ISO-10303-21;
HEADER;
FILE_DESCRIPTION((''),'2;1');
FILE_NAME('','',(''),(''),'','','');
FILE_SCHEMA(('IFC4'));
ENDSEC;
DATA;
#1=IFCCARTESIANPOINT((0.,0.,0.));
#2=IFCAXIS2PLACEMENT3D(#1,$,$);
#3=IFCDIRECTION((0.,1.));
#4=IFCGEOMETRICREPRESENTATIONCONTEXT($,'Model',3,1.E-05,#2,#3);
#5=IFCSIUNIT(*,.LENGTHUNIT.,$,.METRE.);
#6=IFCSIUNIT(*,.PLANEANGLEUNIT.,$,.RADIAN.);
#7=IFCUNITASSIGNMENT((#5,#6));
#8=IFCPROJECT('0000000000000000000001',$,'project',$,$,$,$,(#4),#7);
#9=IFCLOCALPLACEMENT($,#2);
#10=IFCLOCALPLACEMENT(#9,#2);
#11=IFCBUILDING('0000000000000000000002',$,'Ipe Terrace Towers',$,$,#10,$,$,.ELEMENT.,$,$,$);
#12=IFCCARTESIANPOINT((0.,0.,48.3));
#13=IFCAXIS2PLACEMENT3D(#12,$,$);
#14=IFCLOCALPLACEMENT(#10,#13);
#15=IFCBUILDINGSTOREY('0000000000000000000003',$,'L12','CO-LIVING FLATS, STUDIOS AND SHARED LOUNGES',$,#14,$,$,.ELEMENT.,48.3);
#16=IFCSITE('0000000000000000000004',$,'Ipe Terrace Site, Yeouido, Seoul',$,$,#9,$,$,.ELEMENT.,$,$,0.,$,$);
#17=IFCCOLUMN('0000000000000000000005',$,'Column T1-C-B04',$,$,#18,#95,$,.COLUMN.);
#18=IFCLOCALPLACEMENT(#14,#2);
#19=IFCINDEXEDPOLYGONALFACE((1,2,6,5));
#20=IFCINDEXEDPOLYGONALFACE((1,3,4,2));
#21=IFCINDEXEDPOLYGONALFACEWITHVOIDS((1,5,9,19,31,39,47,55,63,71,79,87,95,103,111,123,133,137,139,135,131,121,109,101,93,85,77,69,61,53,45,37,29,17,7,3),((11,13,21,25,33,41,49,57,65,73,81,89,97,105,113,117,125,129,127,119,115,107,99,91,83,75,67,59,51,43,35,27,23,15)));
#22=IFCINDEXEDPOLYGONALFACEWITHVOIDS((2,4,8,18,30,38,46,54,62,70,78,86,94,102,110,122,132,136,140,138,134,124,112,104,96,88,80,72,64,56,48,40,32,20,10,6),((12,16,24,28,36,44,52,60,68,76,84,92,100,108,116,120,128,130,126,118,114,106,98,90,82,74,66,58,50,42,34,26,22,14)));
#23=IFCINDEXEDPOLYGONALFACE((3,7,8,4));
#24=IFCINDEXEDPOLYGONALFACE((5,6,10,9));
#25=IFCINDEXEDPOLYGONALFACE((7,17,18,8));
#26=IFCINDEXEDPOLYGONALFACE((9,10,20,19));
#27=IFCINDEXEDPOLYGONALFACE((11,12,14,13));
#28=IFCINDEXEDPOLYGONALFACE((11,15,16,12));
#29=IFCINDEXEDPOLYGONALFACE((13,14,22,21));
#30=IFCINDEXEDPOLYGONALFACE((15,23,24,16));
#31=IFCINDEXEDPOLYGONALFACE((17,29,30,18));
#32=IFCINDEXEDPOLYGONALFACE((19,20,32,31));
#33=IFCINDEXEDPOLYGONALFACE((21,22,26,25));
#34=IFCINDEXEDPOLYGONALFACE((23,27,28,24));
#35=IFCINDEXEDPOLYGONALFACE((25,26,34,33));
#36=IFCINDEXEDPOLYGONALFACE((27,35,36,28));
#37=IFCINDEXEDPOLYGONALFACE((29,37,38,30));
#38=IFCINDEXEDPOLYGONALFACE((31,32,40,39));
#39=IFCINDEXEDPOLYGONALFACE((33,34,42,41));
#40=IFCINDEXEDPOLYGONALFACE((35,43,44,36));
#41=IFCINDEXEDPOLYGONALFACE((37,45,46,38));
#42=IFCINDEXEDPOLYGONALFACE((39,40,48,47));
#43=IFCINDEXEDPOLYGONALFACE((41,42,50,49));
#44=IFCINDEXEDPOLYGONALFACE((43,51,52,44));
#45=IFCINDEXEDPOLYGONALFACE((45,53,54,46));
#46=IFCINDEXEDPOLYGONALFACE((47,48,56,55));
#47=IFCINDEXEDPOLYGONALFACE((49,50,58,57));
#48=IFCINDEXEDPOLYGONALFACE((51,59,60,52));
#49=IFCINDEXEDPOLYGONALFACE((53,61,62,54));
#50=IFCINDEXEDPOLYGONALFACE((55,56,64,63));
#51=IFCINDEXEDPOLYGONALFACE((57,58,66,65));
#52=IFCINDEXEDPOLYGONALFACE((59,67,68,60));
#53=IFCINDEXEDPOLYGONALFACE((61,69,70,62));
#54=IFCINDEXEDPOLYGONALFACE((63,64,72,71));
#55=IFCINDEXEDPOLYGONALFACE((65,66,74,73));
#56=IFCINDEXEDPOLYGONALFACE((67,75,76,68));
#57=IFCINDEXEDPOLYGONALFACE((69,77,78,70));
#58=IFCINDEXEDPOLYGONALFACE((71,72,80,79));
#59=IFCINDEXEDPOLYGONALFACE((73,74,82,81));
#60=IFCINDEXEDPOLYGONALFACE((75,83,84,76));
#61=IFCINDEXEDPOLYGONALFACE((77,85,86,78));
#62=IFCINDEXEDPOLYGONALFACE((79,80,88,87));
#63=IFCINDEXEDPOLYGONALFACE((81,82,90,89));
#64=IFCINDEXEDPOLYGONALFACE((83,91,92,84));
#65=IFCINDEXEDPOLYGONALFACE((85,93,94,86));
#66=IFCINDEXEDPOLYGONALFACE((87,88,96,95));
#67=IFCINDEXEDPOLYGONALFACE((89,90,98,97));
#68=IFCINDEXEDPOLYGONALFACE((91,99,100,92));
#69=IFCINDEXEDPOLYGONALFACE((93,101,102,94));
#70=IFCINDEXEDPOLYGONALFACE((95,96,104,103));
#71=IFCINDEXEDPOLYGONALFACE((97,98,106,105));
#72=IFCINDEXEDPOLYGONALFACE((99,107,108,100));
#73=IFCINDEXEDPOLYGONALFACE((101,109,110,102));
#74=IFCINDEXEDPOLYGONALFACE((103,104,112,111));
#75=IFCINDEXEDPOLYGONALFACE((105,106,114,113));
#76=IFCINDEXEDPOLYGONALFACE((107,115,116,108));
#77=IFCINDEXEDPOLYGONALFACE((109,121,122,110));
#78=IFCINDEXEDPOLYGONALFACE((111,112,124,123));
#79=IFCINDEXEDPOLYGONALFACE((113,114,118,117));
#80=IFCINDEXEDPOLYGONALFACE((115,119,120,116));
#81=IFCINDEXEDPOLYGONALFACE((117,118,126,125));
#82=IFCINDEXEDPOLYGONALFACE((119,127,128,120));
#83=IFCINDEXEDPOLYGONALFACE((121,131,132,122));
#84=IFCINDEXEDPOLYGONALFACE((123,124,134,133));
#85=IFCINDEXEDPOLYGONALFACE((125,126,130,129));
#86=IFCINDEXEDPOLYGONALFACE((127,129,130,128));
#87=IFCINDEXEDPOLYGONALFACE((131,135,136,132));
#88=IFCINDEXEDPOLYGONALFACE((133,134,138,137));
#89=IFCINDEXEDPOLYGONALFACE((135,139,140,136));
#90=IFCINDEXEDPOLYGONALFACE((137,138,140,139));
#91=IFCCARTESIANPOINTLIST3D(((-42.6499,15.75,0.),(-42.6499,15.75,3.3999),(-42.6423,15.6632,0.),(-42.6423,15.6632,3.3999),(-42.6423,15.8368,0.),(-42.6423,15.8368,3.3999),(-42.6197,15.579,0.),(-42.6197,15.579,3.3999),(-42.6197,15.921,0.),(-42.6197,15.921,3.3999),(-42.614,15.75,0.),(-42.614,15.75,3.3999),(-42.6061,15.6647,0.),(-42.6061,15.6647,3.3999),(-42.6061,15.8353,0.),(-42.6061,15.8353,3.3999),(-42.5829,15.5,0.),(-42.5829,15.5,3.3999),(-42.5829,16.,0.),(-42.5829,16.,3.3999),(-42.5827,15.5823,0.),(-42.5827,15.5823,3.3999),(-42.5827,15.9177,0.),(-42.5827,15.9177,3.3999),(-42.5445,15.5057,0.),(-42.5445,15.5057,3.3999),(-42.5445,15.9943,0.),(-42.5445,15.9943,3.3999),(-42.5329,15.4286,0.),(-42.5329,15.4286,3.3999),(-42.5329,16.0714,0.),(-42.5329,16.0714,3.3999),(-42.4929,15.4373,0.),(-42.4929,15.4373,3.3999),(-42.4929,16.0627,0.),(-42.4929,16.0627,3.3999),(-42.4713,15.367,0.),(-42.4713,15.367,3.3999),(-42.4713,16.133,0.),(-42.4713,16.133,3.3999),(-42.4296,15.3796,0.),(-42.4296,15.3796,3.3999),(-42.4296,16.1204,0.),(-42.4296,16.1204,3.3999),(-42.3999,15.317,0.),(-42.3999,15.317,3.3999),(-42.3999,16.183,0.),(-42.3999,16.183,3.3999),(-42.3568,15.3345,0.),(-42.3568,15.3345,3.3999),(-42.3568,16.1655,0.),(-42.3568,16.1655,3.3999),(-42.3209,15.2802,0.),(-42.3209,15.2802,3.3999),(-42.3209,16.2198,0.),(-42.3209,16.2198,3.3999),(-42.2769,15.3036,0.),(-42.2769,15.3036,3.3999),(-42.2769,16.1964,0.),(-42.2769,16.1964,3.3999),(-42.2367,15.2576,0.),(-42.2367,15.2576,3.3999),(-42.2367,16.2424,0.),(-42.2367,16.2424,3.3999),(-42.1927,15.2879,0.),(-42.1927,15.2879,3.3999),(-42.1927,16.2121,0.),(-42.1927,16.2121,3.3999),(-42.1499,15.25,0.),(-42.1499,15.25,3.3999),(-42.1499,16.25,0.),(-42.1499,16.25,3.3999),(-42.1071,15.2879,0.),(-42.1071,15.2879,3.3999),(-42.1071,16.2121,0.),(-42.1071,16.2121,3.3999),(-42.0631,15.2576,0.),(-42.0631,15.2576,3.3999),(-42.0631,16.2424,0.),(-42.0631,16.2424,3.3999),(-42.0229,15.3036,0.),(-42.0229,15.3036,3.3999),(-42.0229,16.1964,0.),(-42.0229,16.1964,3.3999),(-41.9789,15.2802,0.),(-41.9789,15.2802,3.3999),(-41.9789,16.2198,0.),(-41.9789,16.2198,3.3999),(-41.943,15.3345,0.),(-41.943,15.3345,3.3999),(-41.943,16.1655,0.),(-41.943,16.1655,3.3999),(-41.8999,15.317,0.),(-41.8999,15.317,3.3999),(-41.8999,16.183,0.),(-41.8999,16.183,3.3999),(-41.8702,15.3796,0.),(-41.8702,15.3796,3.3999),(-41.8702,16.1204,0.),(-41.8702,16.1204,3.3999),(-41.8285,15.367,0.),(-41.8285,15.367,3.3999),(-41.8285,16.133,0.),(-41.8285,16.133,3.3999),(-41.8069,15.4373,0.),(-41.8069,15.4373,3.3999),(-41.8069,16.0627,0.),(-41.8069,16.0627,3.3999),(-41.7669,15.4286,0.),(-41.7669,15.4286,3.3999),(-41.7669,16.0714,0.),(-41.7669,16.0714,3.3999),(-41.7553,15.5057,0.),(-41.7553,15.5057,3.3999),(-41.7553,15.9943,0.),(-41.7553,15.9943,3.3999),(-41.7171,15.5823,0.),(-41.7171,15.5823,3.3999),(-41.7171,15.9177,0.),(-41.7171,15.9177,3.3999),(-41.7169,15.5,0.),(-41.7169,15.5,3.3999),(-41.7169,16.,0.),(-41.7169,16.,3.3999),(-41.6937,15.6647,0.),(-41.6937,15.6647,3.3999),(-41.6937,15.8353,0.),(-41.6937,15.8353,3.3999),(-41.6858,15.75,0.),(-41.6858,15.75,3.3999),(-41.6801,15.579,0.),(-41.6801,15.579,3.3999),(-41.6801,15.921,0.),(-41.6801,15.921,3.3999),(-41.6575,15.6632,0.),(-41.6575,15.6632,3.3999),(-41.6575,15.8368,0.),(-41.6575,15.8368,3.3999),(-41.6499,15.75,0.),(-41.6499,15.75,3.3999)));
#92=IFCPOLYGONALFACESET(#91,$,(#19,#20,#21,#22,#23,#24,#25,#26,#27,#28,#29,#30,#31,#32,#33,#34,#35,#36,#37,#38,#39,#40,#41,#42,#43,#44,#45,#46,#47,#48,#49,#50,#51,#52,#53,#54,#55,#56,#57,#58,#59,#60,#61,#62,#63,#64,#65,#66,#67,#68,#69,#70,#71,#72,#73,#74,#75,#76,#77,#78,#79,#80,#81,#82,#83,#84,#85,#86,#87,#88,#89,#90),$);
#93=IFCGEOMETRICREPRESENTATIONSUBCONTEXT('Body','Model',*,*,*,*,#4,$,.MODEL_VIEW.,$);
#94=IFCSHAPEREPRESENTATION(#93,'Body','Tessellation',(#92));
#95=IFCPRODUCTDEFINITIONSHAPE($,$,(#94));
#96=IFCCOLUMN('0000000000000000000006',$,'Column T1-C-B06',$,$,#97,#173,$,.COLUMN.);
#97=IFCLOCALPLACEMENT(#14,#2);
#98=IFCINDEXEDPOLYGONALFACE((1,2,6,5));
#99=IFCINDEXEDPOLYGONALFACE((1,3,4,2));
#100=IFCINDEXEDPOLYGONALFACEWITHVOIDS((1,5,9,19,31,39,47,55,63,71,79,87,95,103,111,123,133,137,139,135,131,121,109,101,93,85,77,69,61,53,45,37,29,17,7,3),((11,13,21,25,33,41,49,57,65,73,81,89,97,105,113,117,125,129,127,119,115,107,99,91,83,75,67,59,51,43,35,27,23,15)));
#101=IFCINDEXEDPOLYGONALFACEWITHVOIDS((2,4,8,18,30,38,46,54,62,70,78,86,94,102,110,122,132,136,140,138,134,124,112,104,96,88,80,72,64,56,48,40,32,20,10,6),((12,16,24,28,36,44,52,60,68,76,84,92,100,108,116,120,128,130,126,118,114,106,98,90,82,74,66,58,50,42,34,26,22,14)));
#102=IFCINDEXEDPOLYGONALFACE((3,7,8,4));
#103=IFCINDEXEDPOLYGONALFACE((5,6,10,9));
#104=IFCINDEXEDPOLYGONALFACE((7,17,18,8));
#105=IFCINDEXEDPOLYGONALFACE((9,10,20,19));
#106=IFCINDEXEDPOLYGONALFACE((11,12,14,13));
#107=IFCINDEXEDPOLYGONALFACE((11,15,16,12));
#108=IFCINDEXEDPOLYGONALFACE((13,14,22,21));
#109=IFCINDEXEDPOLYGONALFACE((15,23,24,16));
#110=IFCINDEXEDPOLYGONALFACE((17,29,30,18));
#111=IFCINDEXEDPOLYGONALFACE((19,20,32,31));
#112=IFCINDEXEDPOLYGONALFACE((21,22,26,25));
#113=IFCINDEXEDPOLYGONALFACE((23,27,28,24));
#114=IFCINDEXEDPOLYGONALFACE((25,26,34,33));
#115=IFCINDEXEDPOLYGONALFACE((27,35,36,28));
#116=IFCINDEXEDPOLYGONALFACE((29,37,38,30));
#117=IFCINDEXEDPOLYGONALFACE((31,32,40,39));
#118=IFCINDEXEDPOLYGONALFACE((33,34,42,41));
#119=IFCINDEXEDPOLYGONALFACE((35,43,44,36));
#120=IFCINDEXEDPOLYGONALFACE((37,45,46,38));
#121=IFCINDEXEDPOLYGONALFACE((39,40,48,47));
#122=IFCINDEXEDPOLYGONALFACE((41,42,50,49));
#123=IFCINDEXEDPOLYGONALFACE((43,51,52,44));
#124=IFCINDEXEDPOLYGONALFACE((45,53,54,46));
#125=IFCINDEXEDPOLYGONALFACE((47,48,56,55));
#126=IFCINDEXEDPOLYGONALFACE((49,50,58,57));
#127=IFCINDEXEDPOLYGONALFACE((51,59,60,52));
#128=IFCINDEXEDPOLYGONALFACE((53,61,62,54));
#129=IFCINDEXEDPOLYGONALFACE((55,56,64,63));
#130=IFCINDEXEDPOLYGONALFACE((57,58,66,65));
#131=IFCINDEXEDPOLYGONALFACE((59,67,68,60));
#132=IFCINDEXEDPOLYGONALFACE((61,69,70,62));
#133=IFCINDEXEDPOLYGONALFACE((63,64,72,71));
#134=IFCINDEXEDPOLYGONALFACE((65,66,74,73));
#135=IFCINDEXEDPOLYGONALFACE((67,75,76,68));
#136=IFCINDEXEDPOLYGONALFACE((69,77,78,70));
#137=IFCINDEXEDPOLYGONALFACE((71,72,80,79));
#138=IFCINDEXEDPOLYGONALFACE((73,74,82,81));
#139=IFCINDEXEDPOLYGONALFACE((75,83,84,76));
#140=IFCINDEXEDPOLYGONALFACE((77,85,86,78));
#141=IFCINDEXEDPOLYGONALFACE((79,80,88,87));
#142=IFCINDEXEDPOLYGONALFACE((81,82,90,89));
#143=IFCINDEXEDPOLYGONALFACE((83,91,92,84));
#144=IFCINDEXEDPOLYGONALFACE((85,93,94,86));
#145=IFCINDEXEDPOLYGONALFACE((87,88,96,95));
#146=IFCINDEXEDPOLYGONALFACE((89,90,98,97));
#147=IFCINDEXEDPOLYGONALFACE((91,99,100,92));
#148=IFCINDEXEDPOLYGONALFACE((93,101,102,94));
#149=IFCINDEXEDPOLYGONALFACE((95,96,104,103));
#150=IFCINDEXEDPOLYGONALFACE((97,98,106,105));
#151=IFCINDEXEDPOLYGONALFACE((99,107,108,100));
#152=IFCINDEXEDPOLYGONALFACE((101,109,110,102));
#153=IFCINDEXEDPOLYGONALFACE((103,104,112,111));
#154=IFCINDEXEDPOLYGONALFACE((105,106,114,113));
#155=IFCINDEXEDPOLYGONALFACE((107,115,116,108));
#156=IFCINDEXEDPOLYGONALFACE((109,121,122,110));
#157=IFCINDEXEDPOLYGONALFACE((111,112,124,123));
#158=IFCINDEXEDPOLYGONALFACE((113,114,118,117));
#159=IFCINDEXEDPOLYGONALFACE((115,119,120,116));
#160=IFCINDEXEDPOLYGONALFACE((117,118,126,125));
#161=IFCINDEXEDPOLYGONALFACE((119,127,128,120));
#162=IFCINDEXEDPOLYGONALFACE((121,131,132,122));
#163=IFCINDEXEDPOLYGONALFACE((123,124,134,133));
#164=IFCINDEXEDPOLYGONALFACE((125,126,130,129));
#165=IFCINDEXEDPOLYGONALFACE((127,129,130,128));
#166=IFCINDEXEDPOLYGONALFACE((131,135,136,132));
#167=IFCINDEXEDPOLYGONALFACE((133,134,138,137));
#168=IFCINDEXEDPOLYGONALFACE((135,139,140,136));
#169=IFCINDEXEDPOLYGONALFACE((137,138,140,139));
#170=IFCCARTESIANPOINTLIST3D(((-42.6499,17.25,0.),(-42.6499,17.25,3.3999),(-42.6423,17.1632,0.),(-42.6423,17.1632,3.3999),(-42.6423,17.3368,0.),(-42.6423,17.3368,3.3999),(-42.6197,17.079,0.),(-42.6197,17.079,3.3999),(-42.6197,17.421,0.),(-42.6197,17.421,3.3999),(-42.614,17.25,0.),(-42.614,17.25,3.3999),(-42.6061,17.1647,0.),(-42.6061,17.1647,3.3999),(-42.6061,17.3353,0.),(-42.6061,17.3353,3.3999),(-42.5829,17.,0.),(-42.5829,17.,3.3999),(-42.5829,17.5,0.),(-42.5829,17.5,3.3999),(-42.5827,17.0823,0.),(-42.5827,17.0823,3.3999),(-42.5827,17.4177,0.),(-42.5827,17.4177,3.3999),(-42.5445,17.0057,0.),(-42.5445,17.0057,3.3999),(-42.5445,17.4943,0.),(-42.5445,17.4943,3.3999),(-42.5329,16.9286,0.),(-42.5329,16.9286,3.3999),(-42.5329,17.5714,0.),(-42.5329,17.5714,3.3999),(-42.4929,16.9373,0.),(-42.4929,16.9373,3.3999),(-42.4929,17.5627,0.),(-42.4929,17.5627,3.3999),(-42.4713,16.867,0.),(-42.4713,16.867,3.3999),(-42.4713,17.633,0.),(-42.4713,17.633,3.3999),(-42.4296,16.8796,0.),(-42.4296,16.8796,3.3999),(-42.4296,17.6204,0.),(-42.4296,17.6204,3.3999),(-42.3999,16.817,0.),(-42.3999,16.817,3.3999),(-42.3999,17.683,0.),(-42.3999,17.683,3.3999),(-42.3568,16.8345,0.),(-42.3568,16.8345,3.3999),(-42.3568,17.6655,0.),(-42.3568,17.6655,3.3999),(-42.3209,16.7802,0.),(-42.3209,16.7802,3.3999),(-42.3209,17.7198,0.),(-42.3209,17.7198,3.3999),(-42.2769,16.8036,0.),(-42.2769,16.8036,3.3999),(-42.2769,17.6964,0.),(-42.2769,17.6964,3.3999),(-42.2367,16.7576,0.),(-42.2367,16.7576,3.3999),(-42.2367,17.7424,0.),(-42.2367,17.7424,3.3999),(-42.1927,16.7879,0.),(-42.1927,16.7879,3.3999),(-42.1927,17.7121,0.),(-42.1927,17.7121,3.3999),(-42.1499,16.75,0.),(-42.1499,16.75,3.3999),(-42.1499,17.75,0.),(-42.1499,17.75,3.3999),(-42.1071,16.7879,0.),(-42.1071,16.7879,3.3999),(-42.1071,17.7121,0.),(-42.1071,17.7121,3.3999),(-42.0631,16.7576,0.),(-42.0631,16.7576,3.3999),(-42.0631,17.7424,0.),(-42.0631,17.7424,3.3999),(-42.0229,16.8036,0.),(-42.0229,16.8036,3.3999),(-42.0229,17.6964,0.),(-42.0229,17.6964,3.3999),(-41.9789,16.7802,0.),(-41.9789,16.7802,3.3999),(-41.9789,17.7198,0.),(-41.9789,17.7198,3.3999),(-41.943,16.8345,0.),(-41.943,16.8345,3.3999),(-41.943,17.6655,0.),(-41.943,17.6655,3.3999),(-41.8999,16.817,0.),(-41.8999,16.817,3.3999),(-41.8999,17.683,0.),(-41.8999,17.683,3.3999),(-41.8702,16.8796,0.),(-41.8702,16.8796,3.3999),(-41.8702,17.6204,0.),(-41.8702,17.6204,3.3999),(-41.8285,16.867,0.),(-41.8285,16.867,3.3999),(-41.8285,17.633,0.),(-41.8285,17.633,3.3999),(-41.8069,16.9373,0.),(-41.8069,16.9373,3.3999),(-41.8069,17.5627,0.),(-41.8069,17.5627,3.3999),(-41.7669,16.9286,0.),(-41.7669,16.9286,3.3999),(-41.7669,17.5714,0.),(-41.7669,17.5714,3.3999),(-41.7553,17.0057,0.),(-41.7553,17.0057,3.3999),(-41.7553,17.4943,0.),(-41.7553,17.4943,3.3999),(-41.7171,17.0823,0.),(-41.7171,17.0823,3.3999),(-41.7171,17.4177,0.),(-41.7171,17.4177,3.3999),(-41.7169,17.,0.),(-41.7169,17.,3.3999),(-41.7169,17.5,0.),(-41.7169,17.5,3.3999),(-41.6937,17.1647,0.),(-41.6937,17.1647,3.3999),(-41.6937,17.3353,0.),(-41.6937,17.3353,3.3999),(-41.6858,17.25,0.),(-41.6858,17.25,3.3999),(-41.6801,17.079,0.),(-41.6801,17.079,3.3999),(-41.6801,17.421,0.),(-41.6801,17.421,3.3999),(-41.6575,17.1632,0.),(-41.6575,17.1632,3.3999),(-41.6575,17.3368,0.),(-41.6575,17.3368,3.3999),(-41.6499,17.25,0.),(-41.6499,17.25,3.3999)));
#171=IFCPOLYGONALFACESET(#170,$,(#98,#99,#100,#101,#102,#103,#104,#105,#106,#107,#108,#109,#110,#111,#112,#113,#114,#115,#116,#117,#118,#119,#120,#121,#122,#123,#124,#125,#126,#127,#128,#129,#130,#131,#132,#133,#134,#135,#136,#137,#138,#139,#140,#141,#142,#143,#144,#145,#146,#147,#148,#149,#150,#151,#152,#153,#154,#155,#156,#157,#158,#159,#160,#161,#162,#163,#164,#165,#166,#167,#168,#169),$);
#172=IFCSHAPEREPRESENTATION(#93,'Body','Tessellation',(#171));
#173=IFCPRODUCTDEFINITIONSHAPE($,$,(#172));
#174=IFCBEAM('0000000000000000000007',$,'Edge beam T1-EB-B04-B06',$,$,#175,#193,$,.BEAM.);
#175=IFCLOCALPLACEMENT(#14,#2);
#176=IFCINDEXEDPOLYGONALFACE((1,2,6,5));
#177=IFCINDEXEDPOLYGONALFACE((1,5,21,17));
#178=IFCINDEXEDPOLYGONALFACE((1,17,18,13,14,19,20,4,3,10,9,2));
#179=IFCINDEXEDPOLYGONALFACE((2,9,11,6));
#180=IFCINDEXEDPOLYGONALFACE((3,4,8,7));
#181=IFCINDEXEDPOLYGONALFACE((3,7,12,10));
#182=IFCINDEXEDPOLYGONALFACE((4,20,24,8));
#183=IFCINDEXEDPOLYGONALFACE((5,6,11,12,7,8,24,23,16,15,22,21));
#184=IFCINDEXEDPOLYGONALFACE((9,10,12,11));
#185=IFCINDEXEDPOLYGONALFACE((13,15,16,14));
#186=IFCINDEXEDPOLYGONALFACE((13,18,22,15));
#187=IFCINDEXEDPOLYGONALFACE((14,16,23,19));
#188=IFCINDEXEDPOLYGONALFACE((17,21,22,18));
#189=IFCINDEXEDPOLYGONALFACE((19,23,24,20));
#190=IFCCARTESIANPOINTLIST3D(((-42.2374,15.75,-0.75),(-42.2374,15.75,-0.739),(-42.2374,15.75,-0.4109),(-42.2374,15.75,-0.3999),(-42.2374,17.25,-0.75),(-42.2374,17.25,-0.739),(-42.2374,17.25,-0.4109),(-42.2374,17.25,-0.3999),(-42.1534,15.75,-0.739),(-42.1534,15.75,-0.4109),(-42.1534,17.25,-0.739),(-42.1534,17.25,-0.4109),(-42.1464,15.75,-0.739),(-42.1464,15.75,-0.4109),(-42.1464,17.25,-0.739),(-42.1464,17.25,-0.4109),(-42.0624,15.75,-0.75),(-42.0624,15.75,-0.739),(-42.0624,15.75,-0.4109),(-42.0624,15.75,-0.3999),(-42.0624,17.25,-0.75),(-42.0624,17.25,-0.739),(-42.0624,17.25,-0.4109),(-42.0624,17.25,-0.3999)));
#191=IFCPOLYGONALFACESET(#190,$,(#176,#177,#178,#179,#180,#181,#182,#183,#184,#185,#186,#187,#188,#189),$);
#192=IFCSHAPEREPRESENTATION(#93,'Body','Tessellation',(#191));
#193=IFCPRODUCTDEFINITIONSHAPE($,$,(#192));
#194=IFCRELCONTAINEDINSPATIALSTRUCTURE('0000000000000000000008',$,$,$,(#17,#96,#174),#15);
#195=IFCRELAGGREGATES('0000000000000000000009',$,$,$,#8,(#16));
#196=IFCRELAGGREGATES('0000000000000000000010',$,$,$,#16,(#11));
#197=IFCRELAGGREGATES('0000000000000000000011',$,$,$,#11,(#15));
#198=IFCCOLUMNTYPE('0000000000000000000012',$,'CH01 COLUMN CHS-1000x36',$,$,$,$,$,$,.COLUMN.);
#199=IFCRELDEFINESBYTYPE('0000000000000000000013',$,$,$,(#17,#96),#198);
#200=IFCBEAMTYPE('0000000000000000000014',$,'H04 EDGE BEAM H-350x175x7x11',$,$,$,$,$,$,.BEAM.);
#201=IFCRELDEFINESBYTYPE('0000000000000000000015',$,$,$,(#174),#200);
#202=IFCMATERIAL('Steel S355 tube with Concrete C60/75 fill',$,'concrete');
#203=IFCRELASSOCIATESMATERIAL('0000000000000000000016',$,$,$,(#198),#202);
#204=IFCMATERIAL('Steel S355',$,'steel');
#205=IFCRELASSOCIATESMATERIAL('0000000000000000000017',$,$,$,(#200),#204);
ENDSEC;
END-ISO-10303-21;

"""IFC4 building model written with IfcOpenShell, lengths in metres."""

from ifc_helpers import new_model, si_unit, direction, frame, origin, origin_2d, place, context, subcontext, project, spatial, hollow_circle, i_section, extrude, material, material_profile, profile_set, type_object, element, save


model = new_model("IFC4")

# Units and contexts
model_context = context("Model", 3, precision=1e-05, world=origin(), true_north=direction((0.0, 1.0)))
body_context = subcontext(model_context, "Body", "Model", "MODEL_VIEW")
ifc_project = project(units=[si_unit("LENGTHUNIT", "METRE"), si_unit("PLANEANGLEUNIT", "RADIAN")], contexts=[model_context])

# Site, building, storey
site_placement = place(None, origin())
site = spatial("IfcSite", under=ifc_project, at=site_placement, Name="Ipe Terrace Site, Yeouido, Seoul", CompositionType="ELEMENT", RefElevation=0.0)
building_placement = place(site_placement, origin())
building = spatial("IfcBuilding", under=site, at=building_placement, Name="Ipe Terrace Towers", CompositionType="ELEMENT")
storey_placement = place(building_placement, frame((0.0, 0.0, 48.3)))
storey = spatial("IfcBuildingStorey", under=building, at=storey_placement, Name="L12", Description="CO-LIVING FLATS, STUDIOS AND SHARED LOUNGES", CompositionType="ELEMENT", Elevation=48.3)

# Columns
ifc_material_1 = material(Name="Steel S355 tube with Concrete C60/75 fill", Category="concrete")
ifc_material_profile_1 = material_profile(ifc_material_1, hollow_circle(Radius=0.5, WallThickness=0.0359, at=origin_2d()), Name="CHS-1000x36")
ifc_profile_set_1 = profile_set([ifc_material_profile_1], Name="Steel S355 tube with Concrete C60/75 fill")
column_type = type_object("IfcColumnType", Name="CH01 COLUMN CHS-1000x36", PredefinedType="COLUMN", material=ifc_profile_set_1)
for number, where, z_axis, x_axis, name in (
    (1, (-42.1499, 15.75, 0.0), (0.0, 0.0, 1.0), (1.0, 0.0, 0.0), "Column T1-C-B04"),
    (2, (-42.1499, 17.25, 0.0), (0.0, 0.0, 1.0), (1.0, 0.0, 0.0), "Column T1-C-B06"),
):
    element("IfcColumn", number, at=place(storey_placement, frame(where, z_axis=z_axis, x_axis=x_axis)), inside=storey, type_object=column_type, Name=name, PredefinedType="COLUMN", context=body_context, shape_type="SweptSolid", body=[
        extrude(hollow_circle(Radius=0.5, WallThickness=0.0359, at=origin_2d()), origin(), (0.0, 0.0, 1.0), 3.3999),
    ])

# Beam
ifc_material_2 = material(Name="Steel S355", Category="steel")
ifc_material_profile_2 = material_profile(ifc_material_2, i_section(OverallWidth=0.175, OverallDepth=0.3501, WebThickness=0.0071, FlangeThickness=0.011, at=origin_2d()), Name="H-350x175x7x11")
ifc_profile_set_2 = profile_set([ifc_material_profile_2], Name="Steel S355")
beam_type = type_object("IfcBeamType", Name="H04 EDGE BEAM H-350x175x7x11", PredefinedType="BEAM", material=ifc_profile_set_2)
beam_placement = place(storey_placement, frame((-42.1499, 15.75, -0.575), z_axis=(0.0, 1.0, 0.0), x_axis=(-1.0, 0.0, 0.0)))
element("IfcBeam", 3, at=beam_placement, inside=storey, type_object=beam_type, Name="Edge beam T1-EB-B04-B06", PredefinedType="BEAM", context=body_context, shape_type="SweptSolid", body=[
    extrude(i_section(OverallWidth=0.175, OverallDepth=0.3501, WebThickness=0.0071, FlangeThickness=0.011, at=origin_2d()), origin(), (0.0, 0.0, 1.0), 1.5),
])

save(model, "model.ifc")
